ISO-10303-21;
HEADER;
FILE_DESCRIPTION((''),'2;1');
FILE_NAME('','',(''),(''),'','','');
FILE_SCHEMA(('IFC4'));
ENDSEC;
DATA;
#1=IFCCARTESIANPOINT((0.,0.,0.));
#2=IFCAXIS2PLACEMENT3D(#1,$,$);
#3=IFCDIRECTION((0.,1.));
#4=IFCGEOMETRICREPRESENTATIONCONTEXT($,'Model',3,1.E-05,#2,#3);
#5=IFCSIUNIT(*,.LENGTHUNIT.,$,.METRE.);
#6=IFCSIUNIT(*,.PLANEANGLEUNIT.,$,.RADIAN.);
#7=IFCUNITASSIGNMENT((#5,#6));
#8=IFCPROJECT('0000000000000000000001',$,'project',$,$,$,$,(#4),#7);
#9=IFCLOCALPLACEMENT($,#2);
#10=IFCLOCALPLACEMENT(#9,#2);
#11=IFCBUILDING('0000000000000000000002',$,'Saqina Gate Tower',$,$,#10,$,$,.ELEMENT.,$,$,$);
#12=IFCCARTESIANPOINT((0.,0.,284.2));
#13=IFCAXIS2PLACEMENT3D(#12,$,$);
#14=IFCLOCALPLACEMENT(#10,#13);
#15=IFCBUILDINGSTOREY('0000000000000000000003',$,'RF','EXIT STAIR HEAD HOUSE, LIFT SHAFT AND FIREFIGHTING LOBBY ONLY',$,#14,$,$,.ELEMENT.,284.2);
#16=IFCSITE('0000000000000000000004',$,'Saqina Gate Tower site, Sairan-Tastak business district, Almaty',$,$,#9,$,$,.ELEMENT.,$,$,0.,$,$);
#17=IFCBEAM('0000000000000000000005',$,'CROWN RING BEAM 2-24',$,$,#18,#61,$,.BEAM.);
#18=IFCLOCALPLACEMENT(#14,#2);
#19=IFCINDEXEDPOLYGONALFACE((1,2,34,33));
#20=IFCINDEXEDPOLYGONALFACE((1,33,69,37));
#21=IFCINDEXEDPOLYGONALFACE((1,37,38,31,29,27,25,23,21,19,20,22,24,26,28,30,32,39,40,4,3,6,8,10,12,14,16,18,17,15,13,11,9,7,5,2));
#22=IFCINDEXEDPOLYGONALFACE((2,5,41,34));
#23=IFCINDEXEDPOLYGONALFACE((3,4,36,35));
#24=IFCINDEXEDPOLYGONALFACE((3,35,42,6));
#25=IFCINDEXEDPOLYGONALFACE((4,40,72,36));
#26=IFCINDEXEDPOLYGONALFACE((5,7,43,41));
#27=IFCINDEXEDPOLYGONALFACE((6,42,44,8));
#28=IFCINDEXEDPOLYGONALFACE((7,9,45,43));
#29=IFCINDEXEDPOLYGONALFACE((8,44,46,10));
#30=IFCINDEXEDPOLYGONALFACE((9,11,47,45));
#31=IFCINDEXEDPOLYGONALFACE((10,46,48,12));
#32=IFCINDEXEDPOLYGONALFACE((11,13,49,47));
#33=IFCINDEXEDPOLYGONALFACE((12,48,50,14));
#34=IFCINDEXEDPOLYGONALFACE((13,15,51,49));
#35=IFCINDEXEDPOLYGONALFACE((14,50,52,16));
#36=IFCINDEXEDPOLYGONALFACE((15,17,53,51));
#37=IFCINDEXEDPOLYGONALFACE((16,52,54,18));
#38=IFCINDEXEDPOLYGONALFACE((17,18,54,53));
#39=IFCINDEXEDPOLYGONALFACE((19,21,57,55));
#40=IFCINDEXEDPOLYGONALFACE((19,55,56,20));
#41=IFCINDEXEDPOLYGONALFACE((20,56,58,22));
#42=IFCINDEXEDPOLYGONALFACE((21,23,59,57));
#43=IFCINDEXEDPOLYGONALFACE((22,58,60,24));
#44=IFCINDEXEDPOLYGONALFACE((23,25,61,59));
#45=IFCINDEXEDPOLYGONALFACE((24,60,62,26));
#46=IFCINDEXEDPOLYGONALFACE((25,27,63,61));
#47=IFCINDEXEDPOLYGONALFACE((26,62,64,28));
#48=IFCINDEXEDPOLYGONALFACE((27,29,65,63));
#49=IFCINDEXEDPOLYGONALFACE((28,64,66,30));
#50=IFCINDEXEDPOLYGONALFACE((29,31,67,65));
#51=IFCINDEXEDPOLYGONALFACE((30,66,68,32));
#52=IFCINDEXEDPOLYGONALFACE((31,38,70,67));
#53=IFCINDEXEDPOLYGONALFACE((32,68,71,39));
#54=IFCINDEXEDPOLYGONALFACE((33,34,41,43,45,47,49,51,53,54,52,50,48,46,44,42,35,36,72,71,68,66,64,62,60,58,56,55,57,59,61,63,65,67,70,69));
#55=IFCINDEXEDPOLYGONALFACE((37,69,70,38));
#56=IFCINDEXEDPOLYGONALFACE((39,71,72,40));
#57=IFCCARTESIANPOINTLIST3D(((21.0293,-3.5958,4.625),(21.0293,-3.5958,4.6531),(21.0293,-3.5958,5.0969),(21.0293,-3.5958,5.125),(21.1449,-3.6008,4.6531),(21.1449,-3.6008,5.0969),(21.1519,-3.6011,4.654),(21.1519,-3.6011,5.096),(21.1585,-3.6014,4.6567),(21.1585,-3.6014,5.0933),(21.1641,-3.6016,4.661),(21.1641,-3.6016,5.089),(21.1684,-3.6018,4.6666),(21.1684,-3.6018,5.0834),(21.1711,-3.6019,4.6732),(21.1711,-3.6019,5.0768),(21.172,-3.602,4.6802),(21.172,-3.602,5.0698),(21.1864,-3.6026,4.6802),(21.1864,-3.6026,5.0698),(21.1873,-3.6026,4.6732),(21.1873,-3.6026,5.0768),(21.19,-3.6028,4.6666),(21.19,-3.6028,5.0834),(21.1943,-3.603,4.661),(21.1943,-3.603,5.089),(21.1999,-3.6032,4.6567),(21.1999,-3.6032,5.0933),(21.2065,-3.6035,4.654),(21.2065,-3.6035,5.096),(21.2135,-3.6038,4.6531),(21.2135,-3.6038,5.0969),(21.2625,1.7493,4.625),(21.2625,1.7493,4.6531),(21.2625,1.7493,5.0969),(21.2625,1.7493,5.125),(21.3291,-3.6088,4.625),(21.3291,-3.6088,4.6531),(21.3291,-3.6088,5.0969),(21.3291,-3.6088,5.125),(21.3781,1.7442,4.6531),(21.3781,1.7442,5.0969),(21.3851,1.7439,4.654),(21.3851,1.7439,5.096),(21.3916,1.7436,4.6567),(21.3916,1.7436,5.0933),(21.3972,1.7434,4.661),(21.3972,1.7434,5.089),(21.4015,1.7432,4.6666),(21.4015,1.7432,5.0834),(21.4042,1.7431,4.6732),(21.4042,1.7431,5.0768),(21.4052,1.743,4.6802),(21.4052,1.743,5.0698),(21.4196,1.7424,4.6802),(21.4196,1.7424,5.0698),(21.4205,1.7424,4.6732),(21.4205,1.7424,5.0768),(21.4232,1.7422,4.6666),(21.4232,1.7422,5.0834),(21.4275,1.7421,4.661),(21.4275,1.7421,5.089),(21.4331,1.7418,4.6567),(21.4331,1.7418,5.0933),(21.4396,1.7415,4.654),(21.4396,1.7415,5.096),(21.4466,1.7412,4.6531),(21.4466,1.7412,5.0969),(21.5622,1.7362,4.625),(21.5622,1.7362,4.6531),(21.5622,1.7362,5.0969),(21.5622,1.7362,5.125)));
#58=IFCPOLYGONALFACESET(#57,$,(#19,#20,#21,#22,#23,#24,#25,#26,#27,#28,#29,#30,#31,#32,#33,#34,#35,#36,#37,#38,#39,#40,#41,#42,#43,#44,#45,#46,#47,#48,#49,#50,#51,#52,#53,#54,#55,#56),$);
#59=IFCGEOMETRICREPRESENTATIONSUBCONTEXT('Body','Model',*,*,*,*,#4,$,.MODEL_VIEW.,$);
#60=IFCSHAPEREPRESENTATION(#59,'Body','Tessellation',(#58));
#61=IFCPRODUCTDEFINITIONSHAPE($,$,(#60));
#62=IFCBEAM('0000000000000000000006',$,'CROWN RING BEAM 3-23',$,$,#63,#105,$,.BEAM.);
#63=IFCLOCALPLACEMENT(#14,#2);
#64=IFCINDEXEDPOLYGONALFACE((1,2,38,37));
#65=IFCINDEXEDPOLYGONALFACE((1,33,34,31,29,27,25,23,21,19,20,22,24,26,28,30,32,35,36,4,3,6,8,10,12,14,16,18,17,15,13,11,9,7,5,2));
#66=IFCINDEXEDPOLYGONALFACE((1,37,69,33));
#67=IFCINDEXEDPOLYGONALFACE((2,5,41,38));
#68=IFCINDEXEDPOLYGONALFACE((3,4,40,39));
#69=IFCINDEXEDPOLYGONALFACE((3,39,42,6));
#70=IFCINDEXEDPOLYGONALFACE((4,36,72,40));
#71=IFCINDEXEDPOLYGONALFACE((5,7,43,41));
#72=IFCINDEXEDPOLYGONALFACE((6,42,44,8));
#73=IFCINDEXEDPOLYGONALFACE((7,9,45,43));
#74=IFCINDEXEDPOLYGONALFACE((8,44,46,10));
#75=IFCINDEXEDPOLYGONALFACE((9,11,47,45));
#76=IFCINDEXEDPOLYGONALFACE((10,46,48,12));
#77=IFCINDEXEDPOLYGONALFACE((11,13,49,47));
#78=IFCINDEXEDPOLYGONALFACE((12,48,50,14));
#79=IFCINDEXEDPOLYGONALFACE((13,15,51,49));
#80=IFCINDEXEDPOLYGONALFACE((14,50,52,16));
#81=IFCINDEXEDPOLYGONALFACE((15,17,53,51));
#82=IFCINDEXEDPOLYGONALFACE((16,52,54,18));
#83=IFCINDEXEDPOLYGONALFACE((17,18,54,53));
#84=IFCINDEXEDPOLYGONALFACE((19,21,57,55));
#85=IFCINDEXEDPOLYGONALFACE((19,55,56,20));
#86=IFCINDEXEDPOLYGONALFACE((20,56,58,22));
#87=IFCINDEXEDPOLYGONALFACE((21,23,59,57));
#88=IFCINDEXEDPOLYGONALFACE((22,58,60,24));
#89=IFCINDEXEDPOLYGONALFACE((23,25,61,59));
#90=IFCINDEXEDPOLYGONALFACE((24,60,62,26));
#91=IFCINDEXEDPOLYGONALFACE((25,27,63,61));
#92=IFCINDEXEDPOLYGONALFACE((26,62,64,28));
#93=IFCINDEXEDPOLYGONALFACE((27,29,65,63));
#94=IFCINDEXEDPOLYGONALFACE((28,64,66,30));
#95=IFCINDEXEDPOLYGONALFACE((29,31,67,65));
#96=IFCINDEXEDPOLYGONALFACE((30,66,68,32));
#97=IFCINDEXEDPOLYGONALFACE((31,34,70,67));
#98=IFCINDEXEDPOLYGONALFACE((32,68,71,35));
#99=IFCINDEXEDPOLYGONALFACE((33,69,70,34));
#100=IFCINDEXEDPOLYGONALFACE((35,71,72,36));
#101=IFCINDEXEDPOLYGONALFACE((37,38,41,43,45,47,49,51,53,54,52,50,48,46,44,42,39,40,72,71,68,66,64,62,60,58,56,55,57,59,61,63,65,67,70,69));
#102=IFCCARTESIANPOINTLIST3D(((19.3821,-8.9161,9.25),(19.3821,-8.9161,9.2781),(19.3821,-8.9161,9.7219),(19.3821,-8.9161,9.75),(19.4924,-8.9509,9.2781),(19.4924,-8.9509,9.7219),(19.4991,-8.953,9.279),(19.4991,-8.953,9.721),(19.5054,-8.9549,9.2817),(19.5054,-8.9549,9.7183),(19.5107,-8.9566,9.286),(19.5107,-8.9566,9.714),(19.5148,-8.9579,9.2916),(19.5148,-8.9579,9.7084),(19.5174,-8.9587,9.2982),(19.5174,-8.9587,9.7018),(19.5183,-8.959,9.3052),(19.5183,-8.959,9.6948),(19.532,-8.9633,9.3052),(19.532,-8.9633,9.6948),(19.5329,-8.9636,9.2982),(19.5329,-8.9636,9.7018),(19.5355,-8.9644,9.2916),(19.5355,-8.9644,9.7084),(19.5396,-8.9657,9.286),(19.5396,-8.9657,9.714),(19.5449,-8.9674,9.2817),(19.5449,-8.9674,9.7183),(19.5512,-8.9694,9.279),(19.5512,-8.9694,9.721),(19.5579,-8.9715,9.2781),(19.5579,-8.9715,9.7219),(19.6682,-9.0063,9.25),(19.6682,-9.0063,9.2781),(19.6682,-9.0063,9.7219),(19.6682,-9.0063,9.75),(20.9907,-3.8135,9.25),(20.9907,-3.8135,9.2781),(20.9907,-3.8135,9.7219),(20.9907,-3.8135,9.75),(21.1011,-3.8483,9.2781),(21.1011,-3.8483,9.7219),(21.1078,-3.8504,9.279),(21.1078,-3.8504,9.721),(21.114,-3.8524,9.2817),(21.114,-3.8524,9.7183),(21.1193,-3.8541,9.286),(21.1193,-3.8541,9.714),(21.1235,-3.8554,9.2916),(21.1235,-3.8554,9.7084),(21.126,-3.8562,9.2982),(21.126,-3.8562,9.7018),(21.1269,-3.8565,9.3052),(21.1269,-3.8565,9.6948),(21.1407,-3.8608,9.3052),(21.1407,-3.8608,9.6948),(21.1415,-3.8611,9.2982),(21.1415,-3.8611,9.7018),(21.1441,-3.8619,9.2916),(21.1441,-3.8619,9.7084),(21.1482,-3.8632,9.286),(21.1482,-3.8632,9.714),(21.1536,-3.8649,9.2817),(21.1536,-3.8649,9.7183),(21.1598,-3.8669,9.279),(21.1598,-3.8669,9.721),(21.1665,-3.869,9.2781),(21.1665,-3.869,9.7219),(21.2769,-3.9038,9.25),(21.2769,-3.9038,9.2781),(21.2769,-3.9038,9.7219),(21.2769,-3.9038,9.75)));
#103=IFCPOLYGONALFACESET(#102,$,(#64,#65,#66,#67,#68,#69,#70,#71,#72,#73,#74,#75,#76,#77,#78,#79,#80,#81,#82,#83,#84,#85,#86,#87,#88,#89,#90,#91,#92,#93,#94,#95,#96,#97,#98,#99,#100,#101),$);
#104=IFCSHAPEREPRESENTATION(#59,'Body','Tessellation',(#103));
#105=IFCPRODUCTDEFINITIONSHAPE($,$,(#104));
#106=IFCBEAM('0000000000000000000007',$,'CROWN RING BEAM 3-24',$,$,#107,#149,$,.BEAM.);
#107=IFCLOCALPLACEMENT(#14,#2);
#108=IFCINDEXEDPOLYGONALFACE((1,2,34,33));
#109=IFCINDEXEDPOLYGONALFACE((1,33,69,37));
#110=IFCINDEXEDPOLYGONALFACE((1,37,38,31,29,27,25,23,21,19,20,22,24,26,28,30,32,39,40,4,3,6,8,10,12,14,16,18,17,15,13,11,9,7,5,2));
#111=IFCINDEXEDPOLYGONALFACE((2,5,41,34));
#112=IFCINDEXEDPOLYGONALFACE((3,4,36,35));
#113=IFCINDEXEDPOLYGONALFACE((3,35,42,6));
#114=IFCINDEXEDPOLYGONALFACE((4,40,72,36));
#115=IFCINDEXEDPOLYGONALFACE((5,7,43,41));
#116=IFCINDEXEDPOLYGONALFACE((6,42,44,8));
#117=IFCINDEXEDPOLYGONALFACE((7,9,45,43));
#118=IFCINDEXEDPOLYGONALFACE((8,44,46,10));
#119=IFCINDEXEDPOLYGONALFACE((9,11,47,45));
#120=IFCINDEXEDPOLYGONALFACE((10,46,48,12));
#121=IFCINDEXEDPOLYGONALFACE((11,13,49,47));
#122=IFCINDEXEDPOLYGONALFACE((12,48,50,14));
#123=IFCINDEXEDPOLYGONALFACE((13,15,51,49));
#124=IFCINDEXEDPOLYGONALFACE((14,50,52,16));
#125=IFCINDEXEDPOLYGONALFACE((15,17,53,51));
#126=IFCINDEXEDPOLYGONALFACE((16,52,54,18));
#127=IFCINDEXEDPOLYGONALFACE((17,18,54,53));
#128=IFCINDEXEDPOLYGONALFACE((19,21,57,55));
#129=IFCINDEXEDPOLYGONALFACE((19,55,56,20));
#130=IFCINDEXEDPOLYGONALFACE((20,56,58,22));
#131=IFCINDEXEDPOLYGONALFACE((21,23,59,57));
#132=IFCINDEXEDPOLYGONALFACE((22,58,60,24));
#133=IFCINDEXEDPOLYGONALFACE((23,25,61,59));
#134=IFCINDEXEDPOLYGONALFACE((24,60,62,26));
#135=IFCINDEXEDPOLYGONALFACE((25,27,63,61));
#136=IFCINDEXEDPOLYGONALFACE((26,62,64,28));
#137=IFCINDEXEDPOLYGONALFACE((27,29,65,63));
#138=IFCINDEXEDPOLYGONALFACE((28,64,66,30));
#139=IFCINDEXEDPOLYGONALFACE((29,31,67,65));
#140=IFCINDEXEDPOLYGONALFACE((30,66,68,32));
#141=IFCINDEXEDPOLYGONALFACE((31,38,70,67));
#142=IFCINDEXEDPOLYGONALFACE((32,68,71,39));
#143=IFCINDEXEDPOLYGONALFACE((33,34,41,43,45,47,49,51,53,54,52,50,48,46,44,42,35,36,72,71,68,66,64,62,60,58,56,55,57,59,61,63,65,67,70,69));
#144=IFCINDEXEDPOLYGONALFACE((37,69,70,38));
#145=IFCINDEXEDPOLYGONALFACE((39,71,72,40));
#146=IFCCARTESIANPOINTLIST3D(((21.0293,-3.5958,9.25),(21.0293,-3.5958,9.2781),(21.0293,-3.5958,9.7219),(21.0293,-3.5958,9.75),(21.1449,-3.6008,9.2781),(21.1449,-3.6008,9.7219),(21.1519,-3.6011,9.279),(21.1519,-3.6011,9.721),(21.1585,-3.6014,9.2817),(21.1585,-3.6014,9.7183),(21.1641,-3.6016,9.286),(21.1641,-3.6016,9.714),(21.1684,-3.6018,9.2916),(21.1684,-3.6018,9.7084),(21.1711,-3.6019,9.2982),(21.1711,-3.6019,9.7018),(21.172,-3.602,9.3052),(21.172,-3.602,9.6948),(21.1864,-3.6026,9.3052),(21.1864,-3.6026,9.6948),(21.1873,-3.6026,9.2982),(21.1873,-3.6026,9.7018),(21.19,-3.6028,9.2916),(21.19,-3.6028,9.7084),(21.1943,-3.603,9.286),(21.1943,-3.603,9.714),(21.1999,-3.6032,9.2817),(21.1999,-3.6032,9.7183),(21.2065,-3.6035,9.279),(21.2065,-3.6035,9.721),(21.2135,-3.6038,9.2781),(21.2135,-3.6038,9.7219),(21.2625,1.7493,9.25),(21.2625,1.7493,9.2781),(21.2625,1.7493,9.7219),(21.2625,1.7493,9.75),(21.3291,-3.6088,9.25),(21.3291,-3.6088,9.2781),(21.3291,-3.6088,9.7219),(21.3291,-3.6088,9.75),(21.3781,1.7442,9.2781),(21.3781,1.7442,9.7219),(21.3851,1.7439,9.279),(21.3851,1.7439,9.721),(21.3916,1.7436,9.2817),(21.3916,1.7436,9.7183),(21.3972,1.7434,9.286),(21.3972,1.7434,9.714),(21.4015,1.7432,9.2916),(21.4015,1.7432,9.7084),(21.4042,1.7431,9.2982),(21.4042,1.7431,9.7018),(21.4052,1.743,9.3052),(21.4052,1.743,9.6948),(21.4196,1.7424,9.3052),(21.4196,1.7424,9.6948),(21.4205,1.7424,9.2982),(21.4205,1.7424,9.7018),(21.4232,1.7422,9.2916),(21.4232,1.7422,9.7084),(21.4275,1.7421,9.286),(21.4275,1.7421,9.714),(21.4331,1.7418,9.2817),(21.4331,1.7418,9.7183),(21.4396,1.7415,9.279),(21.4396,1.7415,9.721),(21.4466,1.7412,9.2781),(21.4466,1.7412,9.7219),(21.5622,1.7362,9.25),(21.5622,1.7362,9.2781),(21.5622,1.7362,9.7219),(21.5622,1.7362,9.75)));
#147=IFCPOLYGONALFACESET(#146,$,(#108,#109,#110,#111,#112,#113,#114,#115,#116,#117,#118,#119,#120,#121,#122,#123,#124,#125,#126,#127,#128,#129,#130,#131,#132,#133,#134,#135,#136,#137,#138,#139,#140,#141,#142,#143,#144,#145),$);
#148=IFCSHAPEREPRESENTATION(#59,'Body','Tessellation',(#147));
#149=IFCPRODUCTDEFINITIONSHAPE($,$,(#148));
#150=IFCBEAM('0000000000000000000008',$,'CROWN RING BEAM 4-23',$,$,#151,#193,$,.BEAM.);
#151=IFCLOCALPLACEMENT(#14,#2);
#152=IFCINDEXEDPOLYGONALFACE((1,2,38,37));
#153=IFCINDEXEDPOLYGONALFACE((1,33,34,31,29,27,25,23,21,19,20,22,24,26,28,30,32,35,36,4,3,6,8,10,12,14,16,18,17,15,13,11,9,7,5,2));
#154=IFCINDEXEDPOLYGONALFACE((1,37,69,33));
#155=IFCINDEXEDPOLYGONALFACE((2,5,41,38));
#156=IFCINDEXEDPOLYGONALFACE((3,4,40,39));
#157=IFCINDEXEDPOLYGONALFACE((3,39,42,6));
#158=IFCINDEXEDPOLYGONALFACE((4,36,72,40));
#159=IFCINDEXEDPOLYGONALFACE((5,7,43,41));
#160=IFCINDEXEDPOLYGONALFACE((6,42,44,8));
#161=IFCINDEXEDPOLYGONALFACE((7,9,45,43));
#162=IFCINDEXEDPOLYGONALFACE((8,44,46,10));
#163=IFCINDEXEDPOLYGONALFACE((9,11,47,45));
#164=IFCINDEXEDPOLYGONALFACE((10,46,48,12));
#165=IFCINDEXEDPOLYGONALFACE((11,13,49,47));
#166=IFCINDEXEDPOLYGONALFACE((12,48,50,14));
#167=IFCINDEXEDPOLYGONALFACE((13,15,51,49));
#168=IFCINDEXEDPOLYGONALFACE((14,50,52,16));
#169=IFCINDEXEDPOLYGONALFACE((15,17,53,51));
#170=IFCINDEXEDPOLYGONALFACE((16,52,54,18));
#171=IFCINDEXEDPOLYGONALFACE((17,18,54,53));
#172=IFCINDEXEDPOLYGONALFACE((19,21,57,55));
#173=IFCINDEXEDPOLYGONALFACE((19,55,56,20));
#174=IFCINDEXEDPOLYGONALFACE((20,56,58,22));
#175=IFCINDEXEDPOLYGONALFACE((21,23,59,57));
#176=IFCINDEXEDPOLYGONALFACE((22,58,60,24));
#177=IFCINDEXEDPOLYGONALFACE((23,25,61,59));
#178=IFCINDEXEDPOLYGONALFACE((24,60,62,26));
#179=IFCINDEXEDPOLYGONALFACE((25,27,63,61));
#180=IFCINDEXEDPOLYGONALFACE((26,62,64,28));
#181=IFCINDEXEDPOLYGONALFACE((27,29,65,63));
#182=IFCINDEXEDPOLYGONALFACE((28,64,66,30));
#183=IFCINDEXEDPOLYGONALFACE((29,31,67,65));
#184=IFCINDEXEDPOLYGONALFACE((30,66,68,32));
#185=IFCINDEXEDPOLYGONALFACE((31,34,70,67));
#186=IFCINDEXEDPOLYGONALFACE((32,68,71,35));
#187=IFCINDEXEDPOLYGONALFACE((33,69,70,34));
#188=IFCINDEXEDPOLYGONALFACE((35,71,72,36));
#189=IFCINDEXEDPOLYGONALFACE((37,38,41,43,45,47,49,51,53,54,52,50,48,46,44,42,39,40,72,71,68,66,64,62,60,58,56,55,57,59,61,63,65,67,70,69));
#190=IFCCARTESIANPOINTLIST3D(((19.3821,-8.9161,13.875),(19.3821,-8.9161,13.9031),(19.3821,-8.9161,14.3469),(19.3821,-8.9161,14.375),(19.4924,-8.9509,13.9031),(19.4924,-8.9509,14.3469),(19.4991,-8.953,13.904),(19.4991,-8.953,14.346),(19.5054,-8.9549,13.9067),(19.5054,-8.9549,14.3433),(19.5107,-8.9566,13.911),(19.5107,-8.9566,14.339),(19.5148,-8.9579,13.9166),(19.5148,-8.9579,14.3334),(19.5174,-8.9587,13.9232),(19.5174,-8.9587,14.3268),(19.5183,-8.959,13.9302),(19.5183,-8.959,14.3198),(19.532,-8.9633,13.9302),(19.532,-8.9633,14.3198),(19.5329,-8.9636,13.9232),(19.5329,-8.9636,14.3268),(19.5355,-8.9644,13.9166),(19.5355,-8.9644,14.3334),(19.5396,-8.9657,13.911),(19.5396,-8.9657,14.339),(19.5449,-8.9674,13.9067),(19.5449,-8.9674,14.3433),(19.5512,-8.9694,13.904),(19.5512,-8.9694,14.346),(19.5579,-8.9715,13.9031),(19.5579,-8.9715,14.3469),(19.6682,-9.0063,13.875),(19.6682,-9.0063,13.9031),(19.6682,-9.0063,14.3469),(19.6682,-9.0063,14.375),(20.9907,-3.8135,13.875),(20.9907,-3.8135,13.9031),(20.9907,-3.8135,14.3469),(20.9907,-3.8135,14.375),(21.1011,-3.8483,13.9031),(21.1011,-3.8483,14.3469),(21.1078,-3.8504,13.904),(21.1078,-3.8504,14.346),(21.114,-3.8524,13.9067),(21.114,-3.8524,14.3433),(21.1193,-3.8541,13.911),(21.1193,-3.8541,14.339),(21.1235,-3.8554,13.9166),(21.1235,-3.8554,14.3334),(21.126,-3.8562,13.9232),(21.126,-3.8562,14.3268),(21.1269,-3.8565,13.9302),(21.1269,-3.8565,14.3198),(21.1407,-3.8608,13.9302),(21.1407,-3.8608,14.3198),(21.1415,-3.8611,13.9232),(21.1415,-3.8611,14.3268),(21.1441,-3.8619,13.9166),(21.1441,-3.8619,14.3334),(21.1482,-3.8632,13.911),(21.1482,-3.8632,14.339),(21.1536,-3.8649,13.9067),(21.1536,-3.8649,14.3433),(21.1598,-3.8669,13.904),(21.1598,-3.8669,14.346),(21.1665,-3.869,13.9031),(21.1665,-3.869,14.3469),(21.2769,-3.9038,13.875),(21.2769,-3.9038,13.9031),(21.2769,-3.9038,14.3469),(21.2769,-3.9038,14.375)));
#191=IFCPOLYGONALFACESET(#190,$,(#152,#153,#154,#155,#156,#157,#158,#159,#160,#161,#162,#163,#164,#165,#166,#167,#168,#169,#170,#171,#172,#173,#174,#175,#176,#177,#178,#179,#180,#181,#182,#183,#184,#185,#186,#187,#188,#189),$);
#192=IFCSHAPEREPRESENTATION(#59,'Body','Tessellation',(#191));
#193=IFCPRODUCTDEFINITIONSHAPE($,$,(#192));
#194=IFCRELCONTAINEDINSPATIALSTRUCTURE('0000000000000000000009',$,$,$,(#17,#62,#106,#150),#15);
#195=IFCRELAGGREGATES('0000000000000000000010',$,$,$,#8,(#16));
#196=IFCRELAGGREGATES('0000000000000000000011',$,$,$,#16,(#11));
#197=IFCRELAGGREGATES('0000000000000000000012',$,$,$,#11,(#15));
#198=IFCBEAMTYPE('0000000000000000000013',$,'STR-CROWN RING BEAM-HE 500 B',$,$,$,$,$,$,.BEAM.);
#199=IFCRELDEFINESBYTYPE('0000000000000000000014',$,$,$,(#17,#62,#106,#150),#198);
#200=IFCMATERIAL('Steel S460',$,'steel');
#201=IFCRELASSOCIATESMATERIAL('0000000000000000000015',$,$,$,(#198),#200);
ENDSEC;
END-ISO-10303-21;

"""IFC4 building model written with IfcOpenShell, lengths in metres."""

from ifc_helpers import new_model, si_unit, direction, frame, origin, origin_2d, place, context, subcontext, project, spatial, i_section, extrude, material, material_profile, profile_set, type_object, element, save


model = new_model("IFC4")

# Units and contexts
model_context = context("Model", 3, precision=1e-05, world=origin(), true_north=direction((0.0, 1.0)))
body_context = subcontext(model_context, "Body", "Model", "MODEL_VIEW")
ifc_project = project(units=[si_unit("LENGTHUNIT", "METRE"), si_unit("PLANEANGLEUNIT", "RADIAN")], contexts=[model_context])

# Site, building, storey
site_placement = place(None, origin())
site = spatial("IfcSite", under=ifc_project, at=site_placement, Name="Saqina Gate Tower site, Sairan-Tastak business district, Almaty", CompositionType="ELEMENT", RefElevation=0.0)
building_placement = place(site_placement, origin())
building = spatial("IfcBuilding", under=site, at=building_placement, Name="Saqina Gate Tower", CompositionType="ELEMENT")
storey_placement = place(building_placement, frame((0.0, 0.0, 284.2)))
storey = spatial("IfcBuildingStorey", under=building, at=storey_placement, Name="RF", Description="EXIT STAIR HEAD HOUSE, LIFT SHAFT AND FIREFIGHTING LOBBY ONLY", CompositionType="ELEMENT", Elevation=284.2)

# Beams
ifc_material_1 = material(Name="Steel S460", Category="steel")
ifc_material_profile_1 = material_profile(ifc_material_1, i_section(OverallWidth=0.3, OverallDepth=0.5, WebThickness=0.0144, FlangeThickness=0.0281, FilletRadius=0.0271, at=origin_2d()), Name="HE 500 B")
ifc_profile_set_1 = profile_set([ifc_material_profile_1], Name="Steel S460")
beam_type_1 = type_object("IfcBeamType", Name="STR-CROWN RING BEAM-HE 500 B", PredefinedType="BEAM", material=ifc_profile_set_1)
for number, where, z_axis, x_axis, name in (
    (1, (21.1792, -3.6023, 4.875), (0.04358, 0.99905, 0.0), (-0.99905, 0.04358, 0.0), "CROWN RING BEAM 2-24"),
    (2, (19.5251, -8.9612, 9.5), (0.300675, 0.953727, 0.0), (-0.953727, 0.300675, 0.0), "CROWN RING BEAM 3-23"),
    (3, (21.1792, -3.6023, 9.5), (0.04358, 0.99905, 0.0), (-0.99905, 0.04358, 0.0), "CROWN RING BEAM 3-24"),
    (4, (19.5251, -8.9612, 14.125), (0.300675, 0.953727, 0.0), (-0.953727, 0.300675, 0.0), "CROWN RING BEAM 4-23"),
):
    element("IfcBeam", number, at=place(storey_placement, frame(where, z_axis=z_axis, x_axis=x_axis)), inside=storey, type_object=beam_type_1, Name=name, PredefinedType="BEAM", context=body_context, shape_type="SweptSolid", body=[
        extrude(i_section(OverallWidth=0.3, OverallDepth=0.5, WebThickness=0.0144, FlangeThickness=0.0281, FilletRadius=0.0271, at=origin_2d()), origin(), (0.0, 0.0, 1.0), 5.3501),
    ])

save(model, "model.ifc")
